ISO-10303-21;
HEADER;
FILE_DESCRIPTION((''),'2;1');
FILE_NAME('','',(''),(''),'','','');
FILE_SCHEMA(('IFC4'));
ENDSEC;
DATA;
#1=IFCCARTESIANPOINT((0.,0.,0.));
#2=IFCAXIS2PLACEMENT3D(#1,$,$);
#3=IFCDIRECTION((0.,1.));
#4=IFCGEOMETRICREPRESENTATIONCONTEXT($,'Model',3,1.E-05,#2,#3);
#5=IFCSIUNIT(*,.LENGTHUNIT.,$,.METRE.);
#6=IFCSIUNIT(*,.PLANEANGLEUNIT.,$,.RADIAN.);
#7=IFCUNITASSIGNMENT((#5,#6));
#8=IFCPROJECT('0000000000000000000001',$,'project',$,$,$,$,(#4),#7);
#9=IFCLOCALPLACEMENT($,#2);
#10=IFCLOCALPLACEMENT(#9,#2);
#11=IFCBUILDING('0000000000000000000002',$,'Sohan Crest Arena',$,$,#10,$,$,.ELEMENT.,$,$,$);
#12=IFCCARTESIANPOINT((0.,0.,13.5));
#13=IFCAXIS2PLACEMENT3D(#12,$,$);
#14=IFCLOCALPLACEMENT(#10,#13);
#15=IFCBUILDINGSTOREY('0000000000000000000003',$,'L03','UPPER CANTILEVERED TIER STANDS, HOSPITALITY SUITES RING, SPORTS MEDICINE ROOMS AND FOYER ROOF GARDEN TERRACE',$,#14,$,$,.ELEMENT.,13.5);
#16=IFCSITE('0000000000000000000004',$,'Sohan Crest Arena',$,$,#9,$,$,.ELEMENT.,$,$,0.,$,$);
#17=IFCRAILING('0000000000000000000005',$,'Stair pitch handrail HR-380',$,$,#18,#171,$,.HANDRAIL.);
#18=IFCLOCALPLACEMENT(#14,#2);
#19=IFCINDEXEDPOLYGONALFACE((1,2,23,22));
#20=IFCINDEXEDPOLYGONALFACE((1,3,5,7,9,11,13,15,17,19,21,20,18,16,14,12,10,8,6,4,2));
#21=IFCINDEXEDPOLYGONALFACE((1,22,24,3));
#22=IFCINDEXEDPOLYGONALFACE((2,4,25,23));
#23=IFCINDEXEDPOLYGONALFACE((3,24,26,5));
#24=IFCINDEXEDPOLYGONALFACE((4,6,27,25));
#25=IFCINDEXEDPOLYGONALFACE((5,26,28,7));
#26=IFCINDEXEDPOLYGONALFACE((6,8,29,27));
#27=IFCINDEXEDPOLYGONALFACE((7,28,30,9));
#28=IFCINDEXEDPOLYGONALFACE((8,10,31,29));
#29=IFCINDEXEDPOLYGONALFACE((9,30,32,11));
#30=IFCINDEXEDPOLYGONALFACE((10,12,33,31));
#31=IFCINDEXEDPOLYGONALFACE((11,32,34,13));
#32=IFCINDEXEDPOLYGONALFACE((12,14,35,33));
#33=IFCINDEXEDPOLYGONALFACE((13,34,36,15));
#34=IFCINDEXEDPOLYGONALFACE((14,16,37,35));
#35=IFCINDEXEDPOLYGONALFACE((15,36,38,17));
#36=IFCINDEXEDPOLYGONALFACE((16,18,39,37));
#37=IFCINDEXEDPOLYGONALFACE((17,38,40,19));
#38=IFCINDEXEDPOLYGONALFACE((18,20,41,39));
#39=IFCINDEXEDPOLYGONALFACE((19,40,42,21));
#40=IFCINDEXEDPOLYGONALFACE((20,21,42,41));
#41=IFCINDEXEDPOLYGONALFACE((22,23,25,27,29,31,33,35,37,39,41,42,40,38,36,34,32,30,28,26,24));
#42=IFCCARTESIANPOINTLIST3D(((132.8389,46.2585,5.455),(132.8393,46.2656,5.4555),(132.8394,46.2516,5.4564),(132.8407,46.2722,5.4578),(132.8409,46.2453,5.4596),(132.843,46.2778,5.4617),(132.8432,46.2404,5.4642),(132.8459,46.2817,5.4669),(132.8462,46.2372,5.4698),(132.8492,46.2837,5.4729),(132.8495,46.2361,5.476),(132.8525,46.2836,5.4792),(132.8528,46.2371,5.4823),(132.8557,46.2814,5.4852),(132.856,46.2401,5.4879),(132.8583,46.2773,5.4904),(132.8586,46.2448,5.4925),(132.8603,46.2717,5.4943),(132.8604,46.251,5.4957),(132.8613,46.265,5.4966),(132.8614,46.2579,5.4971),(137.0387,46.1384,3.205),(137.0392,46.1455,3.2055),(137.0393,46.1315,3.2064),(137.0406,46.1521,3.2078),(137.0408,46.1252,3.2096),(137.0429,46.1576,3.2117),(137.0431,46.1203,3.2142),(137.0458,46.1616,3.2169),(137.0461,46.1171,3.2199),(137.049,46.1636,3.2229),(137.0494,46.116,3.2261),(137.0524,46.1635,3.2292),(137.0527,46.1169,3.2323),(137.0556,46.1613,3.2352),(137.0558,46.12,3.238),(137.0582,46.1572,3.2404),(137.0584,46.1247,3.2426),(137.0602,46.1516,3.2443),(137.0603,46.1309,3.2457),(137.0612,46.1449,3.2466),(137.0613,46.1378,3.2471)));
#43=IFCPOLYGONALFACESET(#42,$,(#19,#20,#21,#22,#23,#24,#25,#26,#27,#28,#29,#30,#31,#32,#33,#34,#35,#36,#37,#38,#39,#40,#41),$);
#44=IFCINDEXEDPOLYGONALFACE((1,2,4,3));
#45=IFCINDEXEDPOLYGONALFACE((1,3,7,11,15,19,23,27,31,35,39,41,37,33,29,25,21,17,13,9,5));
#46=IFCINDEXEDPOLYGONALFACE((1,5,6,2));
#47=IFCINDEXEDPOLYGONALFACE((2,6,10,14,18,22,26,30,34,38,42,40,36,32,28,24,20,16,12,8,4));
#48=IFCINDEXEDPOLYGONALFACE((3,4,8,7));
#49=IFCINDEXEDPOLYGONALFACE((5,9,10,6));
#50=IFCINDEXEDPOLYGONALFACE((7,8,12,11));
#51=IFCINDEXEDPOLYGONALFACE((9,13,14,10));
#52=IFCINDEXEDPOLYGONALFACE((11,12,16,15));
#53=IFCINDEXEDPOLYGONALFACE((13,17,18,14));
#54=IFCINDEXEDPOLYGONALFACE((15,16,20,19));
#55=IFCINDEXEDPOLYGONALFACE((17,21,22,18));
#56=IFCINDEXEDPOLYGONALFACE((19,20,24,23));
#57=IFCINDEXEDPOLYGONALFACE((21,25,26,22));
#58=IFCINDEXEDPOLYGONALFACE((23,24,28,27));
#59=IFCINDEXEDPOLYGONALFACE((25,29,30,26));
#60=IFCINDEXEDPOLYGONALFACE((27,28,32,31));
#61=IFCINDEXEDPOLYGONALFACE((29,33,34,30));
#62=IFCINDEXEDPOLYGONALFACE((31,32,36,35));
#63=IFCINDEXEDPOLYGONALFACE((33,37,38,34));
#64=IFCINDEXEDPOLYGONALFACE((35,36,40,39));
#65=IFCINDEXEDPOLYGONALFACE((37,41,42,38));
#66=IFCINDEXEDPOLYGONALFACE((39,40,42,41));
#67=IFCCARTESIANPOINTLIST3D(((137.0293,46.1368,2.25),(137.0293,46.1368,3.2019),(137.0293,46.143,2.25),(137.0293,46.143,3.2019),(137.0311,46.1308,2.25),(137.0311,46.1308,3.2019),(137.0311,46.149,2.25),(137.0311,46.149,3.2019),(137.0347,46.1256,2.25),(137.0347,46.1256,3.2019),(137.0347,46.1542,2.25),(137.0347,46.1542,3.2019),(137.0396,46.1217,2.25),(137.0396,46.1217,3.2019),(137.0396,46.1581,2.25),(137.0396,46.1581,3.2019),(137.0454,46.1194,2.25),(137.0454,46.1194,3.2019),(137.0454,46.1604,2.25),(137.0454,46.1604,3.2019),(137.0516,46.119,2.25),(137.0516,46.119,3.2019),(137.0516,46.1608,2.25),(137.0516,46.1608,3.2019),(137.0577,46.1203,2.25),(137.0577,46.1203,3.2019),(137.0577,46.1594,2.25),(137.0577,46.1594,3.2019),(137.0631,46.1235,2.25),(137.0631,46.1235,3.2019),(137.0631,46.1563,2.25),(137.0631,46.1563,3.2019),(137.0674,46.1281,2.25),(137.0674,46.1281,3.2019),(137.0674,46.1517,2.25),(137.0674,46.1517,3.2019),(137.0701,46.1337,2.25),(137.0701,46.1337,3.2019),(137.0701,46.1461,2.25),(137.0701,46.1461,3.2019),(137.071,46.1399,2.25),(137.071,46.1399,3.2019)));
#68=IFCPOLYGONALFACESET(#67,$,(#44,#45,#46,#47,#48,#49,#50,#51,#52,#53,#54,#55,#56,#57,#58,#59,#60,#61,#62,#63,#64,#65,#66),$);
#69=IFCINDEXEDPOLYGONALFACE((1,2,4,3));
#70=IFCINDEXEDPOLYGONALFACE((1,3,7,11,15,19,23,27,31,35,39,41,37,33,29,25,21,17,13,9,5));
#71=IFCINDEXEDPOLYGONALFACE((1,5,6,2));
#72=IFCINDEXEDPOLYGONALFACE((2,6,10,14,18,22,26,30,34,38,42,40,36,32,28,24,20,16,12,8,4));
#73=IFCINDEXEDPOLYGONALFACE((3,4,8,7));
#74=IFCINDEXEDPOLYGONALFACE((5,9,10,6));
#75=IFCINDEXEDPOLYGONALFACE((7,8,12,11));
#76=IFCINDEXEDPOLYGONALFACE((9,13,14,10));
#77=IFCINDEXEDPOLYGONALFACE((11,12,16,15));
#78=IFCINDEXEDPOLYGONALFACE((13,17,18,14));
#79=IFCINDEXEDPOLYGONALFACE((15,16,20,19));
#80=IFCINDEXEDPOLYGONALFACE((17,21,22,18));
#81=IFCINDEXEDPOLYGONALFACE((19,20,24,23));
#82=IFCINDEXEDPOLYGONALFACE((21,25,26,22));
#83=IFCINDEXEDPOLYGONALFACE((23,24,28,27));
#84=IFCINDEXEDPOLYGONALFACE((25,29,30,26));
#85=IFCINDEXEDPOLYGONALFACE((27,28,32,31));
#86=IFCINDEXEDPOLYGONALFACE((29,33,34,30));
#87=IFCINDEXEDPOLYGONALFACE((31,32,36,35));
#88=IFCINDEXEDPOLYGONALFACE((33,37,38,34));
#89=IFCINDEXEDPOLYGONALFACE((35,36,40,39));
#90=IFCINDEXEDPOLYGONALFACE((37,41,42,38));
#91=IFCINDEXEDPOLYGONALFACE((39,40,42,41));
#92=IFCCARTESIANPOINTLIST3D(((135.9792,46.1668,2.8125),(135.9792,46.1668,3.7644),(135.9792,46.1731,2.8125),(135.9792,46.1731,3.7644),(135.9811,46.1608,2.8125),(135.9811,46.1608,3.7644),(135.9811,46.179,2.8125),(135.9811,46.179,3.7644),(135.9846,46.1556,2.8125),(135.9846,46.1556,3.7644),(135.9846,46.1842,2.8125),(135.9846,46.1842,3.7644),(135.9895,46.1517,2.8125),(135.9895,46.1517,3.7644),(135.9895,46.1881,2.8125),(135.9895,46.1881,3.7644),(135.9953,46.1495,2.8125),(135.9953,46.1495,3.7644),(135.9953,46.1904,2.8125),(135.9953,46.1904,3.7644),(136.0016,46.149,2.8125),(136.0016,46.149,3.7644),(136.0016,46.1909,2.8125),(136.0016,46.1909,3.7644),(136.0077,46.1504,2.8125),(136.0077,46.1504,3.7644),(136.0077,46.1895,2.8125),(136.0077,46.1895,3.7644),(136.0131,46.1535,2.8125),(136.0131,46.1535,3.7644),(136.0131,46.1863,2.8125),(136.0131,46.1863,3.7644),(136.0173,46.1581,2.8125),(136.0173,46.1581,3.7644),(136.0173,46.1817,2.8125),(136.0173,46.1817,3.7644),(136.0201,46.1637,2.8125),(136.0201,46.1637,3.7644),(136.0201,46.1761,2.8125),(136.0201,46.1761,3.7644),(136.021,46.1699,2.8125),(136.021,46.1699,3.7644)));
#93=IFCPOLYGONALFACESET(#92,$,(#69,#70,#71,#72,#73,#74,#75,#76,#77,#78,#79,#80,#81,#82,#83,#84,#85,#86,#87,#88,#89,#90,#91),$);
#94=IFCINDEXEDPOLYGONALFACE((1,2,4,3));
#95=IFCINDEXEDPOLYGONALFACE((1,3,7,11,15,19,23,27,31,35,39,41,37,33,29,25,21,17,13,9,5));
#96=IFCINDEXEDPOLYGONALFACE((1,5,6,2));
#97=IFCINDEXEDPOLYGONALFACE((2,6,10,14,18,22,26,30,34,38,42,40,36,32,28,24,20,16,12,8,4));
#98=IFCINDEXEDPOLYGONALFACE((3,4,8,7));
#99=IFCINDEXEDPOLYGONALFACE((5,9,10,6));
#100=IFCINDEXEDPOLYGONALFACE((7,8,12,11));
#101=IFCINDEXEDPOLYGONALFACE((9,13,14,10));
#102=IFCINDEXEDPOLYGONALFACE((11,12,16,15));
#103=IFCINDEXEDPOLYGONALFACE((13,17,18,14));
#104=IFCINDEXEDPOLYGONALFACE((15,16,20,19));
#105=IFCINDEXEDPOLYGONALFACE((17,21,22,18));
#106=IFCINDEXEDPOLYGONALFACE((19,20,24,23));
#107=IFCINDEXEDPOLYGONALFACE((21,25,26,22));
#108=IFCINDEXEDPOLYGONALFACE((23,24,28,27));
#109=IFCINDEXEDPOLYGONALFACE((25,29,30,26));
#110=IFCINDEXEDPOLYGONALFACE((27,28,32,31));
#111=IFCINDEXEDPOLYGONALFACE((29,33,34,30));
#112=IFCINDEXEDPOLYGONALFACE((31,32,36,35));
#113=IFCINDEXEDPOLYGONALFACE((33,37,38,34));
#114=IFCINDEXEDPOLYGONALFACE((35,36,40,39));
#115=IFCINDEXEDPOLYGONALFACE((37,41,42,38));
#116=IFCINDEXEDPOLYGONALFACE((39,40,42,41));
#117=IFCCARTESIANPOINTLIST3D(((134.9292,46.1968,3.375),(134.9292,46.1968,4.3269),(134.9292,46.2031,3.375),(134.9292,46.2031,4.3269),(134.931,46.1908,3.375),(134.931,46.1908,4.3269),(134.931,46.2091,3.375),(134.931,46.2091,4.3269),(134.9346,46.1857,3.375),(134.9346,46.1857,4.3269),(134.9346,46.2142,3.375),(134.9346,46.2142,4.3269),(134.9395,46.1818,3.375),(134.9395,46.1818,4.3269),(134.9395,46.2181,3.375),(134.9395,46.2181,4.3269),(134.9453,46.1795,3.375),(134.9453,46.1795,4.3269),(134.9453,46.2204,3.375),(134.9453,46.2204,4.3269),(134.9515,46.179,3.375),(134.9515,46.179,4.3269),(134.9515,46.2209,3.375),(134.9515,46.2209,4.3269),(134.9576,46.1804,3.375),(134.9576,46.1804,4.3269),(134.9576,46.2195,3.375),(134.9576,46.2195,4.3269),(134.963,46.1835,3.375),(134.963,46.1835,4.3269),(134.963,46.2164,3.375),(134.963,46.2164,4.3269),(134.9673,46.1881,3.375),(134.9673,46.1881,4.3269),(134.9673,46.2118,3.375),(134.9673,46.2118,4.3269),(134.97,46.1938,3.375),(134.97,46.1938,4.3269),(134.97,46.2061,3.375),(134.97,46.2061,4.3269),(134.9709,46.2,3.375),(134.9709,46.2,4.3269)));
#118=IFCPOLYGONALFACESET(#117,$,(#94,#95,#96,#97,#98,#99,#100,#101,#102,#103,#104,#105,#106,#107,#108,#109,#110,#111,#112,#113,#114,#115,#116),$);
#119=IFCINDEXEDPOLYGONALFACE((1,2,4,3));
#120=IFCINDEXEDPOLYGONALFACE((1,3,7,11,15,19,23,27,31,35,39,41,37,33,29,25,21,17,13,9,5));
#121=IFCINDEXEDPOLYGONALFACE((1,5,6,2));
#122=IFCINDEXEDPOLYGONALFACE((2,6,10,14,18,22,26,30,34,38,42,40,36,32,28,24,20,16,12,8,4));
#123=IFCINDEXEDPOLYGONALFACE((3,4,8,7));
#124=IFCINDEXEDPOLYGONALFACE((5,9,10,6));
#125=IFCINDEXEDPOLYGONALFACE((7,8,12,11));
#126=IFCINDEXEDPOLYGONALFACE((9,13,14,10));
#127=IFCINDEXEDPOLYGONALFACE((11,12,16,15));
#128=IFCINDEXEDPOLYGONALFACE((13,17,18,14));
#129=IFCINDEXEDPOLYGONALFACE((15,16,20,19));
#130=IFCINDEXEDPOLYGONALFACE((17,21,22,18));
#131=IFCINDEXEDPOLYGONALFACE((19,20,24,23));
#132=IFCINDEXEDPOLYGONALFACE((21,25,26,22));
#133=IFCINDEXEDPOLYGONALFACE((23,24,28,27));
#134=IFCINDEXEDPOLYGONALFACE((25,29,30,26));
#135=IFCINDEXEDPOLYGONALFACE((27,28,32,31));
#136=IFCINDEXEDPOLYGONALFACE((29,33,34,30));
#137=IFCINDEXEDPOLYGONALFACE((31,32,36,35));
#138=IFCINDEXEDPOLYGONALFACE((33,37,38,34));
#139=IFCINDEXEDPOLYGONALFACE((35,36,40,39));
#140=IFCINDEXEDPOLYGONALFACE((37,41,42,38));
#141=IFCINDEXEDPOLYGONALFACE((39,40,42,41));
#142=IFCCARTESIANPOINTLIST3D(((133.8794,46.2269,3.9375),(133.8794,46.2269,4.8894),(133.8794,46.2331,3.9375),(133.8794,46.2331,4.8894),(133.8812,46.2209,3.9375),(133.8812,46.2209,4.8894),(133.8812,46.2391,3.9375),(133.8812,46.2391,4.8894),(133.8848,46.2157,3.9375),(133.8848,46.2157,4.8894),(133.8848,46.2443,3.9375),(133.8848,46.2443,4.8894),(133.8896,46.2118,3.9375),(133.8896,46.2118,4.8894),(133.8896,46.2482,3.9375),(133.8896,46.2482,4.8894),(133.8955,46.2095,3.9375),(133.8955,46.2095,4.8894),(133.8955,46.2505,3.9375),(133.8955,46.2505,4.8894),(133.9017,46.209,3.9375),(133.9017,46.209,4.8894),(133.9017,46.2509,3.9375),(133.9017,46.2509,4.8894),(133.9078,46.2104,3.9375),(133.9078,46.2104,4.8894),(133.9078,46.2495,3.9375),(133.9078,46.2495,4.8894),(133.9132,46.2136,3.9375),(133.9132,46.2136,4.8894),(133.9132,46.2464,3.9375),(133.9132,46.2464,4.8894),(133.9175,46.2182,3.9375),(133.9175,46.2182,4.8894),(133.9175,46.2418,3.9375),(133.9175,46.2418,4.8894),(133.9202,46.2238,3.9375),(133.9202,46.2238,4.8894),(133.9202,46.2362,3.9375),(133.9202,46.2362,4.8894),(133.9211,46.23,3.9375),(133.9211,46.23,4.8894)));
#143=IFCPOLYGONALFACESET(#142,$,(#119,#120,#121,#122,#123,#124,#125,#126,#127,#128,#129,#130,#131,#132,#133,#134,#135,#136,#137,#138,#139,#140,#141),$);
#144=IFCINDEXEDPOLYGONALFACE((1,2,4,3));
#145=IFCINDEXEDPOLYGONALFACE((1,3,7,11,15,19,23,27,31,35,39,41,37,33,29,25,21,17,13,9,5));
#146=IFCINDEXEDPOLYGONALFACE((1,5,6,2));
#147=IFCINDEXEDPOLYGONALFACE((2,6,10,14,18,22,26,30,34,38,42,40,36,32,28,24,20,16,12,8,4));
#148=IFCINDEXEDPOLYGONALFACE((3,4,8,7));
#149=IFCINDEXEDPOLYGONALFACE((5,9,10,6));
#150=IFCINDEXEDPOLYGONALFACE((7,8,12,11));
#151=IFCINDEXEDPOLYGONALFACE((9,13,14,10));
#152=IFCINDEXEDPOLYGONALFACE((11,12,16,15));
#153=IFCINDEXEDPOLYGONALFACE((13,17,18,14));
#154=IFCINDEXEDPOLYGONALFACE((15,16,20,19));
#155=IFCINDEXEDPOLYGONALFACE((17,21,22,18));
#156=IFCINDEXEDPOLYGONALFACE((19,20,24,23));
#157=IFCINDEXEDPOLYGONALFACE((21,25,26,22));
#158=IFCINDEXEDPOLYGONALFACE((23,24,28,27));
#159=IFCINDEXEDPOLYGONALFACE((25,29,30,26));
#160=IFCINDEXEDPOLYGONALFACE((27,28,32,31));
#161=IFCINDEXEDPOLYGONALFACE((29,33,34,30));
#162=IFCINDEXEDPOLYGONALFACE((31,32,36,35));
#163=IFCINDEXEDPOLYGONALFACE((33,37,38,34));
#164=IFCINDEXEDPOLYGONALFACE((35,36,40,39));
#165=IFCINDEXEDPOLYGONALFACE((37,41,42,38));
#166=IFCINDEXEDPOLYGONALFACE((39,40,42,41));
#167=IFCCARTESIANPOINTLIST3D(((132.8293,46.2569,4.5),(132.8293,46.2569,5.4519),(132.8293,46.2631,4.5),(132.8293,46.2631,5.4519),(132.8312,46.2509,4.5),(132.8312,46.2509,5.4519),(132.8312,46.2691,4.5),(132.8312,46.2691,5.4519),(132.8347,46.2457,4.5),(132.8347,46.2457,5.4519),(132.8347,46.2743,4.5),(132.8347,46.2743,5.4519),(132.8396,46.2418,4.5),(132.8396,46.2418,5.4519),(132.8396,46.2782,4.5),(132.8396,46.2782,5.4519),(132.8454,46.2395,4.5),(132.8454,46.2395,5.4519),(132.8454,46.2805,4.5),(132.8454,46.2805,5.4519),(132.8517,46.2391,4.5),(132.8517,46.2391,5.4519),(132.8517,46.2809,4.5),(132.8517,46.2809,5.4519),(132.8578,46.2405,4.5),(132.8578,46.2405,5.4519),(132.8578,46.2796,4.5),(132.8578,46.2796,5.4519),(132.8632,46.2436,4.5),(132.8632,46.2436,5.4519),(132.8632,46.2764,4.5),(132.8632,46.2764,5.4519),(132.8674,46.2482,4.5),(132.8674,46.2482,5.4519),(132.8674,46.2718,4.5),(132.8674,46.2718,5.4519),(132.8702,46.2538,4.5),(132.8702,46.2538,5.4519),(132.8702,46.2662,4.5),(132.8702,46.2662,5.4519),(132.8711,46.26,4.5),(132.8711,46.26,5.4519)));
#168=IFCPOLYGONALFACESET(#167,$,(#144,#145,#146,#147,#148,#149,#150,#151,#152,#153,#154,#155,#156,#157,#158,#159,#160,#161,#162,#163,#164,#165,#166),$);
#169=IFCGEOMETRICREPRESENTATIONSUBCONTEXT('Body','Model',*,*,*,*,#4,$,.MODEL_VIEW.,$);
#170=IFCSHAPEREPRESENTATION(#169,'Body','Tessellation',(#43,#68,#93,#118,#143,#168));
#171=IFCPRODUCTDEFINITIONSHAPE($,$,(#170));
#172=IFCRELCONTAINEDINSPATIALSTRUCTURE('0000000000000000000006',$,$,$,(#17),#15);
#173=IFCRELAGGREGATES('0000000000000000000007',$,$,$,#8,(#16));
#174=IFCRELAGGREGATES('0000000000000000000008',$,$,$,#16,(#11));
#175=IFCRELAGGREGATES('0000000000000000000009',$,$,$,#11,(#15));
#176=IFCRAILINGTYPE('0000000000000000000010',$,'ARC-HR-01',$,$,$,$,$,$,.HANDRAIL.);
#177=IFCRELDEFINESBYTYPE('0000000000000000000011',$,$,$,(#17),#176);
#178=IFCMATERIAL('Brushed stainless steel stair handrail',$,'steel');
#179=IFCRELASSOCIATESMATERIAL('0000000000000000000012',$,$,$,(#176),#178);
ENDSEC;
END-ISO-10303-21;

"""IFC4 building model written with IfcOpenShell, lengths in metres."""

from ifc_helpers import new_model, si_unit, direction, frame, origin, origin_2d, place, context, subcontext, project, spatial, circle, extrude, material, type_object, element, save


model = new_model("IFC4")

# Units and contexts
model_context = context("Model", 3, precision=1e-05, world=origin(), true_north=direction((0.0, 1.0)))
body_context = subcontext(model_context, "Body", "Model", "MODEL_VIEW")
ifc_project = project(units=[si_unit("LENGTHUNIT", "METRE"), si_unit("PLANEANGLEUNIT", "RADIAN")], contexts=[model_context])

# Site, building, storey
site_placement = place(None, origin())
site = spatial("IfcSite", under=ifc_project, at=site_placement, Name="Sohan Crest Arena", CompositionType="ELEMENT", RefElevation=0.0)
building_placement = place(site_placement, origin())
building = spatial("IfcBuilding", under=site, at=building_placement, Name="Sohan Crest Arena", CompositionType="ELEMENT")
storey_placement = place(building_placement, frame((0.0, 0.0, 13.5)))
storey = spatial("IfcBuildingStorey", under=building, at=storey_placement, Name="L03", Description="UPPER CANTILEVERED TIER STANDS, HOSPITALITY SUITES RING, SPORTS MEDICINE ROOMS AND FOYER ROOF GARDEN TERRACE", CompositionType="ELEMENT", Elevation=13.5)

# Railing
ifc_material_1 = material(Name="Brushed stainless steel stair handrail", Category="steel")
railing_type_1 = type_object("IfcRailingType", Name="ARC-HR-01", PredefinedType="HANDRAIL", material=ifc_material_1)
railing_1_placement = place(storey_placement, frame((137.05, 46.1399, 2.25)))
element("IfcRailing", 1, at=railing_1_placement, inside=storey, type_object=railing_type_1, Name="Stair pitch handrail HR-380", PredefinedType="HANDRAIL", context=body_context, shape_type="SweptSolid", body=[
    extrude(circle(Radius=0.0239, at=origin_2d()), frame((0.0, 0.0, 0.9761), z_axis=(-0.881198, 0.025202, 0.472076), x_axis=(-0.028588, -0.999591, 0.0)), (0.0, 0.0, 1.0), 4.7661),
    extrude(circle(Radius=0.021, at=origin_2d()), origin(), (0.0, 0.0, 1.0), 0.9519),
    extrude(circle(Radius=0.021, at=origin_2d()), frame((-1.05, 0.03, 0.5625)), (0.0, 0.0, 1.0), 0.9519),
    extrude(circle(Radius=0.021, at=origin_2d()), frame((-2.1001, 0.0601, 1.125)), (0.0, 0.0, 1.0), 0.9519),
    extrude(circle(Radius=0.021, at=origin_2d()), frame((-3.1499, 0.0901, 1.6875)), (0.0, 0.0, 1.0), 0.9519),
    extrude(circle(Radius=0.021, at=origin_2d()), frame((-4.2, 0.1201, 2.25)), (0.0, 0.0, 1.0), 0.9519),
])

save(model, "model.ifc")
